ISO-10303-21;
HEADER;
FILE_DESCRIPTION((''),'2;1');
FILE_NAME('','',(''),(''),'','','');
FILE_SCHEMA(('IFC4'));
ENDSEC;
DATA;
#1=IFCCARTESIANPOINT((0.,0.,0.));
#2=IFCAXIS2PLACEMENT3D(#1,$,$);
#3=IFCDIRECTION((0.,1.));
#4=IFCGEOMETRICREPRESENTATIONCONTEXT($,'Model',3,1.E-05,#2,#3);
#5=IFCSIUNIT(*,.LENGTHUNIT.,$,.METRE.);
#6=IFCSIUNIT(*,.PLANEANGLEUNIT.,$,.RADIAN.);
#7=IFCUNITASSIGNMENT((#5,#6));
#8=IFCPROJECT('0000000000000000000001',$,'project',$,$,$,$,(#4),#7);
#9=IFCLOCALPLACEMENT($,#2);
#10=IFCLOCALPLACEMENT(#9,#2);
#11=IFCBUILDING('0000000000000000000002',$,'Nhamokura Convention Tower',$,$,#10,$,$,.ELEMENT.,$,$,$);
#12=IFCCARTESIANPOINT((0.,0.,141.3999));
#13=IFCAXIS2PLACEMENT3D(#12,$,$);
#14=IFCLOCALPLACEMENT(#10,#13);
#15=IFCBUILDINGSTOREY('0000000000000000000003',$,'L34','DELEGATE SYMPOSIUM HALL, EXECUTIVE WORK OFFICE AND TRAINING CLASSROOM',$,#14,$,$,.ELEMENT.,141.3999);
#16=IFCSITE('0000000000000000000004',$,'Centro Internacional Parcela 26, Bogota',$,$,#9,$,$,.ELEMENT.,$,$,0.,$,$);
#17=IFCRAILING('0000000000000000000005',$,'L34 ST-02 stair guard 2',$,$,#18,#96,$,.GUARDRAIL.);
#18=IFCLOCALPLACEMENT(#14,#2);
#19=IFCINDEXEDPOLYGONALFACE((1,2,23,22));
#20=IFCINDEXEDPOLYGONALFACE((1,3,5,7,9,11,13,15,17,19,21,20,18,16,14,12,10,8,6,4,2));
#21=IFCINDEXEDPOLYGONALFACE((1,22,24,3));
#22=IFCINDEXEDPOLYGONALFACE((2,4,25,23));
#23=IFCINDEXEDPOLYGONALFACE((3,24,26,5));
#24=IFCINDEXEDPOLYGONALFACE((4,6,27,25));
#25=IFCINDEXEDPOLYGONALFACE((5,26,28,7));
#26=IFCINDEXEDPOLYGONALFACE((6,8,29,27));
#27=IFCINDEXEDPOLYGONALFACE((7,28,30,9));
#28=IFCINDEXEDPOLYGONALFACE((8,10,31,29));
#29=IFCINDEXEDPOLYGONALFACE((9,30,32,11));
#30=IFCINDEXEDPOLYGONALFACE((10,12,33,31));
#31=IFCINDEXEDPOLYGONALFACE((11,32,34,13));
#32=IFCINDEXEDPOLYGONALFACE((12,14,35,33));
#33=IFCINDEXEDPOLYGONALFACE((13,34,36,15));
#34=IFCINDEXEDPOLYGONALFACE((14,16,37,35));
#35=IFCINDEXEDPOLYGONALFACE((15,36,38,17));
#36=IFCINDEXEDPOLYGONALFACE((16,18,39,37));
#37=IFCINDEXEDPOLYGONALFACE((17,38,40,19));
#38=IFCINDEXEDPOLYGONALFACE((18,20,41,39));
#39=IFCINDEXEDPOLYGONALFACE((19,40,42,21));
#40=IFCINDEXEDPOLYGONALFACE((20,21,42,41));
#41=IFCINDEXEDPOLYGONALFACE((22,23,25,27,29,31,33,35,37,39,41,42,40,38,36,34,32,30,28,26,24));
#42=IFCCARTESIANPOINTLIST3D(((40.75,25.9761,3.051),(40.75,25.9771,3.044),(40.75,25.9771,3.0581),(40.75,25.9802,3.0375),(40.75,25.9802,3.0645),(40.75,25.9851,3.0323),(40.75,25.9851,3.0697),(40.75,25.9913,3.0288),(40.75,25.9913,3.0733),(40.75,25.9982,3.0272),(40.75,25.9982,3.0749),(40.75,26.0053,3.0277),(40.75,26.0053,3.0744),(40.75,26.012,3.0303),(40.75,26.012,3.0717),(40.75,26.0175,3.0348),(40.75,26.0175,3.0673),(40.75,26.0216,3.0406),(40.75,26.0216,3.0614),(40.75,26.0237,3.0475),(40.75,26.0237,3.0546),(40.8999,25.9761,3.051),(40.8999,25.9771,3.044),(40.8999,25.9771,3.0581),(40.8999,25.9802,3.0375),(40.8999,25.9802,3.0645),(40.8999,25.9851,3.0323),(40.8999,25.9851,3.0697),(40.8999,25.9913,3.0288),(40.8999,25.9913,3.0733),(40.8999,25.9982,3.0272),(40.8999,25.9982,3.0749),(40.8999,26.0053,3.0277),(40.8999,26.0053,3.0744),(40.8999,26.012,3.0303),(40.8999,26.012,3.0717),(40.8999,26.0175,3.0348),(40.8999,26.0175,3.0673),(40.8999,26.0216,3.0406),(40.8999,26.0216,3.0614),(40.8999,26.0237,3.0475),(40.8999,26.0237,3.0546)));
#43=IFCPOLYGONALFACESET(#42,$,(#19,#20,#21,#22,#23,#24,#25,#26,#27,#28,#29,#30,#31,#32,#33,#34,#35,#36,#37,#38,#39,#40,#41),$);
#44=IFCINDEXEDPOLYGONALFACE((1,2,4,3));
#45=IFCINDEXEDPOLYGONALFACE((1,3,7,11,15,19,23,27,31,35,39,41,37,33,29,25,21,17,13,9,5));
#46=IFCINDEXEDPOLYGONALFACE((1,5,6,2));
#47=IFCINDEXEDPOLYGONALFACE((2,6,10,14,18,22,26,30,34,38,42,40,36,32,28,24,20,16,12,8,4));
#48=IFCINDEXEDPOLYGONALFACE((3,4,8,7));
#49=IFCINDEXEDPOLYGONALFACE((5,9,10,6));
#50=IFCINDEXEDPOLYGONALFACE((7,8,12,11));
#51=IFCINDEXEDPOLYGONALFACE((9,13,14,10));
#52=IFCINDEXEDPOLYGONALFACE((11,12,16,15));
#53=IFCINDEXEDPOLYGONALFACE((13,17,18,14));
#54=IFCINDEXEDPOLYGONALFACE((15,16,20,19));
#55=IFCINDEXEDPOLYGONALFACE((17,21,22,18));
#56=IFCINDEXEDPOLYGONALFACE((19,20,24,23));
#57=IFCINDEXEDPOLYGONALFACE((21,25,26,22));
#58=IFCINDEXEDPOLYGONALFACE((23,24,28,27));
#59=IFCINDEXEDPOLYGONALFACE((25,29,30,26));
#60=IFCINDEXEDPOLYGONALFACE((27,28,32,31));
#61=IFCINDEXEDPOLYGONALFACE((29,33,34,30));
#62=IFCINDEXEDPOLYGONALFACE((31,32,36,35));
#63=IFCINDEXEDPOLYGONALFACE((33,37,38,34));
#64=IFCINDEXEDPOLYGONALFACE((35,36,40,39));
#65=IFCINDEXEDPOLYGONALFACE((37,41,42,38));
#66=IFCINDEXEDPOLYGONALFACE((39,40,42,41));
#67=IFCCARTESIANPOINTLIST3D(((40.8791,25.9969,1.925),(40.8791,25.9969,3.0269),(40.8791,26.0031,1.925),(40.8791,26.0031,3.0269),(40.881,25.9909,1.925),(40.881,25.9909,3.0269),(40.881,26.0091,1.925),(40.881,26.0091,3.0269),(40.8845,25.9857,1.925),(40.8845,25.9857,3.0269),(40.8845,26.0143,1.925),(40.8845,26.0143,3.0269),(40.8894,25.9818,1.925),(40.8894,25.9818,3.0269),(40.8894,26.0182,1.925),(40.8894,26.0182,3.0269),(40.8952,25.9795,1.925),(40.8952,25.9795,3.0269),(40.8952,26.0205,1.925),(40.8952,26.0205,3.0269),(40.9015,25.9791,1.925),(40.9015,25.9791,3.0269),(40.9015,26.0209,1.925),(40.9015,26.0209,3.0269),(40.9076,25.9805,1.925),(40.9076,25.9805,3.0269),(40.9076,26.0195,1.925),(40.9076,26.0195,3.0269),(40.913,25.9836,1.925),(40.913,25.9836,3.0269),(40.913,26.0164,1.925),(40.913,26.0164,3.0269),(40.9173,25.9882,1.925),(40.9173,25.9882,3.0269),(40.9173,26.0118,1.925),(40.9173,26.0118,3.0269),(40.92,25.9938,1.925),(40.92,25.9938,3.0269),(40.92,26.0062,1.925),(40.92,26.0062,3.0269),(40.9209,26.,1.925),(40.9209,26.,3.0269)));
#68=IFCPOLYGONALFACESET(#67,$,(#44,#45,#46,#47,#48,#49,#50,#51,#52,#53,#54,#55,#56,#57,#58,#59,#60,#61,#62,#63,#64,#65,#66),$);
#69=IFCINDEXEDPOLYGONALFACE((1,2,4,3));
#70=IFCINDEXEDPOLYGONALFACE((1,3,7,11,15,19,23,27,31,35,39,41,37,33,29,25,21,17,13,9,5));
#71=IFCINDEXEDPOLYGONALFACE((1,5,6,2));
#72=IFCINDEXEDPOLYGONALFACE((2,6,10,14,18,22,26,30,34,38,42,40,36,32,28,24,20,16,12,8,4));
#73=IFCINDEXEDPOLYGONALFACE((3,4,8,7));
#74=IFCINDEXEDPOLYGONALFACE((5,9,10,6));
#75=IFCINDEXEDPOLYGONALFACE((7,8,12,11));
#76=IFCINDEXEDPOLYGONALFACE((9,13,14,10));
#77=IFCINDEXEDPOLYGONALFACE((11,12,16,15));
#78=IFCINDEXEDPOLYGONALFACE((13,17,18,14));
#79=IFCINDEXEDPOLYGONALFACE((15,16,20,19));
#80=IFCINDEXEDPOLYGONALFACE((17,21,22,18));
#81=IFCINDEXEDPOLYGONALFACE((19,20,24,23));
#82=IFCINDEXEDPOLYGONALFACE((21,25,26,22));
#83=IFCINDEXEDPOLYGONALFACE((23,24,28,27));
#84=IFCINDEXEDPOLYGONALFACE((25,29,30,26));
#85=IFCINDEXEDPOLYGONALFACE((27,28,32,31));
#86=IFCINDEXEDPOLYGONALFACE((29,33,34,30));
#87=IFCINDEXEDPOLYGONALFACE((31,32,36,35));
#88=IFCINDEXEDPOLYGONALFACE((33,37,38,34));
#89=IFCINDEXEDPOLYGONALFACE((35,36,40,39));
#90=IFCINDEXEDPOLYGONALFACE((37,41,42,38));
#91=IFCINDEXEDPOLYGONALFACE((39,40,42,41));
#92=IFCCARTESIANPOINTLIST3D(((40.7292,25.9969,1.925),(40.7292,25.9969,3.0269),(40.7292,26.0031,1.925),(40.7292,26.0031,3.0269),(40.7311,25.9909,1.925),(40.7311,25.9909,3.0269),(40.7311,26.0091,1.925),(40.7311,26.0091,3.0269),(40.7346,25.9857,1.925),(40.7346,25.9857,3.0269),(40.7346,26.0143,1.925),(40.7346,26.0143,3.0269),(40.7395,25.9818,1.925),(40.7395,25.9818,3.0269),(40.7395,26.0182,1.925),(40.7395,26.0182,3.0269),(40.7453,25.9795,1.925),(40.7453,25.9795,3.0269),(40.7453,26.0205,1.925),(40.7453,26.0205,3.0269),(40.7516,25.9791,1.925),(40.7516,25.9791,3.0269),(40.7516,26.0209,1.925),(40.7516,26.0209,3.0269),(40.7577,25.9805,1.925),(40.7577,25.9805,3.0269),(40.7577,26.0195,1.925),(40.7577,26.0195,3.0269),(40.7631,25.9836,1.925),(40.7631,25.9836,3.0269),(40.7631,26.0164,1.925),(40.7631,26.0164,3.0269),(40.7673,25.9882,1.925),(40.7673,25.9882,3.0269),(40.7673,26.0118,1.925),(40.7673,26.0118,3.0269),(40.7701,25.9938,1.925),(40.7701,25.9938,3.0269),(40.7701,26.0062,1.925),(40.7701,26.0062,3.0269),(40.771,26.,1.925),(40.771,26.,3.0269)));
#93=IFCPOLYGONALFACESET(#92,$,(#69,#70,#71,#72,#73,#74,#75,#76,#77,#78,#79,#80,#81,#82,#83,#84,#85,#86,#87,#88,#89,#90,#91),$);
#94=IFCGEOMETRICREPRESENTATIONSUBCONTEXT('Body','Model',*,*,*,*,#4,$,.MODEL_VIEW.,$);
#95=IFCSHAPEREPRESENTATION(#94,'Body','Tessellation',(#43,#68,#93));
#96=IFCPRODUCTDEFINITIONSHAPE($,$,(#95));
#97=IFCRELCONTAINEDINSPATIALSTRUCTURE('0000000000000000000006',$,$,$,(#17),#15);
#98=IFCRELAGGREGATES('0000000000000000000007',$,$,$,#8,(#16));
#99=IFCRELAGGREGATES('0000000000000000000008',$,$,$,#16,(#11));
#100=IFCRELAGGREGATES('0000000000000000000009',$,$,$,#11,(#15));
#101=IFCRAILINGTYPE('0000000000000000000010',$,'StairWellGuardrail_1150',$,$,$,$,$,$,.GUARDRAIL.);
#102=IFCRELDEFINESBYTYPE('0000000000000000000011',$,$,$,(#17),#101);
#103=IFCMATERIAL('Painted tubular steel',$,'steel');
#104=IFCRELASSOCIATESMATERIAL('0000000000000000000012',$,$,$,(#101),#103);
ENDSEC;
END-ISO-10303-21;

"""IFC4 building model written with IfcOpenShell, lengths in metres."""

from ifc_helpers import new_model, si_unit, direction, frame, origin, origin_2d, place, context, subcontext, project, spatial, circle, extrude, material, type_object, element, save


model = new_model("IFC4")

# Units and contexts
model_context = context("Model", 3, precision=1e-05, world=origin(), true_north=direction((0.0, 1.0)))
body_context = subcontext(model_context, "Body", "Model", "MODEL_VIEW")
ifc_project = project(units=[si_unit("LENGTHUNIT", "METRE"), si_unit("PLANEANGLEUNIT", "RADIAN")], contexts=[model_context])

# Site, building, storey
site_placement = place(None, origin())
site = spatial("IfcSite", under=ifc_project, at=site_placement, Name="Centro Internacional Parcela 26, Bogota", CompositionType="ELEMENT", RefElevation=0.0)
building_placement = place(site_placement, origin())
building = spatial("IfcBuilding", under=site, at=building_placement, Name="Nhamokura Convention Tower", CompositionType="ELEMENT")
storey_placement = place(building_placement, frame((0.0, 0.0, 141.3999)))
storey = spatial("IfcBuildingStorey", under=building, at=storey_placement, Name="L34", Description="DELEGATE SYMPOSIUM HALL, EXECUTIVE WORK OFFICE AND TRAINING CLASSROOM", CompositionType="ELEMENT", Elevation=141.3999)

# Railing
ifc_material_1 = material(Name="Painted tubular steel", Category="steel")
railing_type_1 = type_object("IfcRailingType", Name="StairWellGuardrail_1150", PredefinedType="GUARDRAIL", material=ifc_material_1)
railing_1_placement = place(storey_placement, frame((40.8999, 26.0, 1.925)))
element("IfcRailing", 1, at=railing_1_placement, inside=storey, type_object=railing_type_1, Name="L34 ST-02 stair guard 2", PredefinedType="GUARDRAIL", context=body_context, shape_type="SweptSolid", body=[
    extrude(circle(Radius=0.0239, at=origin_2d()), frame((0.0, 0.0, 1.126), z_axis=(-1.0, 0.0, 0.0), x_axis=(0.0, -1.0, 0.0)), (0.0, 0.0, 1.0), 0.1499),
    extrude(circle(Radius=0.021, at=origin_2d()), origin(), (0.0, 0.0, 1.0), 1.1018),
    extrude(circle(Radius=0.021, at=origin_2d()), frame((-0.1499, 0.0, 0.0)), (0.0, 0.0, 1.0), 1.1018),
])

save(model, "model.ifc")
